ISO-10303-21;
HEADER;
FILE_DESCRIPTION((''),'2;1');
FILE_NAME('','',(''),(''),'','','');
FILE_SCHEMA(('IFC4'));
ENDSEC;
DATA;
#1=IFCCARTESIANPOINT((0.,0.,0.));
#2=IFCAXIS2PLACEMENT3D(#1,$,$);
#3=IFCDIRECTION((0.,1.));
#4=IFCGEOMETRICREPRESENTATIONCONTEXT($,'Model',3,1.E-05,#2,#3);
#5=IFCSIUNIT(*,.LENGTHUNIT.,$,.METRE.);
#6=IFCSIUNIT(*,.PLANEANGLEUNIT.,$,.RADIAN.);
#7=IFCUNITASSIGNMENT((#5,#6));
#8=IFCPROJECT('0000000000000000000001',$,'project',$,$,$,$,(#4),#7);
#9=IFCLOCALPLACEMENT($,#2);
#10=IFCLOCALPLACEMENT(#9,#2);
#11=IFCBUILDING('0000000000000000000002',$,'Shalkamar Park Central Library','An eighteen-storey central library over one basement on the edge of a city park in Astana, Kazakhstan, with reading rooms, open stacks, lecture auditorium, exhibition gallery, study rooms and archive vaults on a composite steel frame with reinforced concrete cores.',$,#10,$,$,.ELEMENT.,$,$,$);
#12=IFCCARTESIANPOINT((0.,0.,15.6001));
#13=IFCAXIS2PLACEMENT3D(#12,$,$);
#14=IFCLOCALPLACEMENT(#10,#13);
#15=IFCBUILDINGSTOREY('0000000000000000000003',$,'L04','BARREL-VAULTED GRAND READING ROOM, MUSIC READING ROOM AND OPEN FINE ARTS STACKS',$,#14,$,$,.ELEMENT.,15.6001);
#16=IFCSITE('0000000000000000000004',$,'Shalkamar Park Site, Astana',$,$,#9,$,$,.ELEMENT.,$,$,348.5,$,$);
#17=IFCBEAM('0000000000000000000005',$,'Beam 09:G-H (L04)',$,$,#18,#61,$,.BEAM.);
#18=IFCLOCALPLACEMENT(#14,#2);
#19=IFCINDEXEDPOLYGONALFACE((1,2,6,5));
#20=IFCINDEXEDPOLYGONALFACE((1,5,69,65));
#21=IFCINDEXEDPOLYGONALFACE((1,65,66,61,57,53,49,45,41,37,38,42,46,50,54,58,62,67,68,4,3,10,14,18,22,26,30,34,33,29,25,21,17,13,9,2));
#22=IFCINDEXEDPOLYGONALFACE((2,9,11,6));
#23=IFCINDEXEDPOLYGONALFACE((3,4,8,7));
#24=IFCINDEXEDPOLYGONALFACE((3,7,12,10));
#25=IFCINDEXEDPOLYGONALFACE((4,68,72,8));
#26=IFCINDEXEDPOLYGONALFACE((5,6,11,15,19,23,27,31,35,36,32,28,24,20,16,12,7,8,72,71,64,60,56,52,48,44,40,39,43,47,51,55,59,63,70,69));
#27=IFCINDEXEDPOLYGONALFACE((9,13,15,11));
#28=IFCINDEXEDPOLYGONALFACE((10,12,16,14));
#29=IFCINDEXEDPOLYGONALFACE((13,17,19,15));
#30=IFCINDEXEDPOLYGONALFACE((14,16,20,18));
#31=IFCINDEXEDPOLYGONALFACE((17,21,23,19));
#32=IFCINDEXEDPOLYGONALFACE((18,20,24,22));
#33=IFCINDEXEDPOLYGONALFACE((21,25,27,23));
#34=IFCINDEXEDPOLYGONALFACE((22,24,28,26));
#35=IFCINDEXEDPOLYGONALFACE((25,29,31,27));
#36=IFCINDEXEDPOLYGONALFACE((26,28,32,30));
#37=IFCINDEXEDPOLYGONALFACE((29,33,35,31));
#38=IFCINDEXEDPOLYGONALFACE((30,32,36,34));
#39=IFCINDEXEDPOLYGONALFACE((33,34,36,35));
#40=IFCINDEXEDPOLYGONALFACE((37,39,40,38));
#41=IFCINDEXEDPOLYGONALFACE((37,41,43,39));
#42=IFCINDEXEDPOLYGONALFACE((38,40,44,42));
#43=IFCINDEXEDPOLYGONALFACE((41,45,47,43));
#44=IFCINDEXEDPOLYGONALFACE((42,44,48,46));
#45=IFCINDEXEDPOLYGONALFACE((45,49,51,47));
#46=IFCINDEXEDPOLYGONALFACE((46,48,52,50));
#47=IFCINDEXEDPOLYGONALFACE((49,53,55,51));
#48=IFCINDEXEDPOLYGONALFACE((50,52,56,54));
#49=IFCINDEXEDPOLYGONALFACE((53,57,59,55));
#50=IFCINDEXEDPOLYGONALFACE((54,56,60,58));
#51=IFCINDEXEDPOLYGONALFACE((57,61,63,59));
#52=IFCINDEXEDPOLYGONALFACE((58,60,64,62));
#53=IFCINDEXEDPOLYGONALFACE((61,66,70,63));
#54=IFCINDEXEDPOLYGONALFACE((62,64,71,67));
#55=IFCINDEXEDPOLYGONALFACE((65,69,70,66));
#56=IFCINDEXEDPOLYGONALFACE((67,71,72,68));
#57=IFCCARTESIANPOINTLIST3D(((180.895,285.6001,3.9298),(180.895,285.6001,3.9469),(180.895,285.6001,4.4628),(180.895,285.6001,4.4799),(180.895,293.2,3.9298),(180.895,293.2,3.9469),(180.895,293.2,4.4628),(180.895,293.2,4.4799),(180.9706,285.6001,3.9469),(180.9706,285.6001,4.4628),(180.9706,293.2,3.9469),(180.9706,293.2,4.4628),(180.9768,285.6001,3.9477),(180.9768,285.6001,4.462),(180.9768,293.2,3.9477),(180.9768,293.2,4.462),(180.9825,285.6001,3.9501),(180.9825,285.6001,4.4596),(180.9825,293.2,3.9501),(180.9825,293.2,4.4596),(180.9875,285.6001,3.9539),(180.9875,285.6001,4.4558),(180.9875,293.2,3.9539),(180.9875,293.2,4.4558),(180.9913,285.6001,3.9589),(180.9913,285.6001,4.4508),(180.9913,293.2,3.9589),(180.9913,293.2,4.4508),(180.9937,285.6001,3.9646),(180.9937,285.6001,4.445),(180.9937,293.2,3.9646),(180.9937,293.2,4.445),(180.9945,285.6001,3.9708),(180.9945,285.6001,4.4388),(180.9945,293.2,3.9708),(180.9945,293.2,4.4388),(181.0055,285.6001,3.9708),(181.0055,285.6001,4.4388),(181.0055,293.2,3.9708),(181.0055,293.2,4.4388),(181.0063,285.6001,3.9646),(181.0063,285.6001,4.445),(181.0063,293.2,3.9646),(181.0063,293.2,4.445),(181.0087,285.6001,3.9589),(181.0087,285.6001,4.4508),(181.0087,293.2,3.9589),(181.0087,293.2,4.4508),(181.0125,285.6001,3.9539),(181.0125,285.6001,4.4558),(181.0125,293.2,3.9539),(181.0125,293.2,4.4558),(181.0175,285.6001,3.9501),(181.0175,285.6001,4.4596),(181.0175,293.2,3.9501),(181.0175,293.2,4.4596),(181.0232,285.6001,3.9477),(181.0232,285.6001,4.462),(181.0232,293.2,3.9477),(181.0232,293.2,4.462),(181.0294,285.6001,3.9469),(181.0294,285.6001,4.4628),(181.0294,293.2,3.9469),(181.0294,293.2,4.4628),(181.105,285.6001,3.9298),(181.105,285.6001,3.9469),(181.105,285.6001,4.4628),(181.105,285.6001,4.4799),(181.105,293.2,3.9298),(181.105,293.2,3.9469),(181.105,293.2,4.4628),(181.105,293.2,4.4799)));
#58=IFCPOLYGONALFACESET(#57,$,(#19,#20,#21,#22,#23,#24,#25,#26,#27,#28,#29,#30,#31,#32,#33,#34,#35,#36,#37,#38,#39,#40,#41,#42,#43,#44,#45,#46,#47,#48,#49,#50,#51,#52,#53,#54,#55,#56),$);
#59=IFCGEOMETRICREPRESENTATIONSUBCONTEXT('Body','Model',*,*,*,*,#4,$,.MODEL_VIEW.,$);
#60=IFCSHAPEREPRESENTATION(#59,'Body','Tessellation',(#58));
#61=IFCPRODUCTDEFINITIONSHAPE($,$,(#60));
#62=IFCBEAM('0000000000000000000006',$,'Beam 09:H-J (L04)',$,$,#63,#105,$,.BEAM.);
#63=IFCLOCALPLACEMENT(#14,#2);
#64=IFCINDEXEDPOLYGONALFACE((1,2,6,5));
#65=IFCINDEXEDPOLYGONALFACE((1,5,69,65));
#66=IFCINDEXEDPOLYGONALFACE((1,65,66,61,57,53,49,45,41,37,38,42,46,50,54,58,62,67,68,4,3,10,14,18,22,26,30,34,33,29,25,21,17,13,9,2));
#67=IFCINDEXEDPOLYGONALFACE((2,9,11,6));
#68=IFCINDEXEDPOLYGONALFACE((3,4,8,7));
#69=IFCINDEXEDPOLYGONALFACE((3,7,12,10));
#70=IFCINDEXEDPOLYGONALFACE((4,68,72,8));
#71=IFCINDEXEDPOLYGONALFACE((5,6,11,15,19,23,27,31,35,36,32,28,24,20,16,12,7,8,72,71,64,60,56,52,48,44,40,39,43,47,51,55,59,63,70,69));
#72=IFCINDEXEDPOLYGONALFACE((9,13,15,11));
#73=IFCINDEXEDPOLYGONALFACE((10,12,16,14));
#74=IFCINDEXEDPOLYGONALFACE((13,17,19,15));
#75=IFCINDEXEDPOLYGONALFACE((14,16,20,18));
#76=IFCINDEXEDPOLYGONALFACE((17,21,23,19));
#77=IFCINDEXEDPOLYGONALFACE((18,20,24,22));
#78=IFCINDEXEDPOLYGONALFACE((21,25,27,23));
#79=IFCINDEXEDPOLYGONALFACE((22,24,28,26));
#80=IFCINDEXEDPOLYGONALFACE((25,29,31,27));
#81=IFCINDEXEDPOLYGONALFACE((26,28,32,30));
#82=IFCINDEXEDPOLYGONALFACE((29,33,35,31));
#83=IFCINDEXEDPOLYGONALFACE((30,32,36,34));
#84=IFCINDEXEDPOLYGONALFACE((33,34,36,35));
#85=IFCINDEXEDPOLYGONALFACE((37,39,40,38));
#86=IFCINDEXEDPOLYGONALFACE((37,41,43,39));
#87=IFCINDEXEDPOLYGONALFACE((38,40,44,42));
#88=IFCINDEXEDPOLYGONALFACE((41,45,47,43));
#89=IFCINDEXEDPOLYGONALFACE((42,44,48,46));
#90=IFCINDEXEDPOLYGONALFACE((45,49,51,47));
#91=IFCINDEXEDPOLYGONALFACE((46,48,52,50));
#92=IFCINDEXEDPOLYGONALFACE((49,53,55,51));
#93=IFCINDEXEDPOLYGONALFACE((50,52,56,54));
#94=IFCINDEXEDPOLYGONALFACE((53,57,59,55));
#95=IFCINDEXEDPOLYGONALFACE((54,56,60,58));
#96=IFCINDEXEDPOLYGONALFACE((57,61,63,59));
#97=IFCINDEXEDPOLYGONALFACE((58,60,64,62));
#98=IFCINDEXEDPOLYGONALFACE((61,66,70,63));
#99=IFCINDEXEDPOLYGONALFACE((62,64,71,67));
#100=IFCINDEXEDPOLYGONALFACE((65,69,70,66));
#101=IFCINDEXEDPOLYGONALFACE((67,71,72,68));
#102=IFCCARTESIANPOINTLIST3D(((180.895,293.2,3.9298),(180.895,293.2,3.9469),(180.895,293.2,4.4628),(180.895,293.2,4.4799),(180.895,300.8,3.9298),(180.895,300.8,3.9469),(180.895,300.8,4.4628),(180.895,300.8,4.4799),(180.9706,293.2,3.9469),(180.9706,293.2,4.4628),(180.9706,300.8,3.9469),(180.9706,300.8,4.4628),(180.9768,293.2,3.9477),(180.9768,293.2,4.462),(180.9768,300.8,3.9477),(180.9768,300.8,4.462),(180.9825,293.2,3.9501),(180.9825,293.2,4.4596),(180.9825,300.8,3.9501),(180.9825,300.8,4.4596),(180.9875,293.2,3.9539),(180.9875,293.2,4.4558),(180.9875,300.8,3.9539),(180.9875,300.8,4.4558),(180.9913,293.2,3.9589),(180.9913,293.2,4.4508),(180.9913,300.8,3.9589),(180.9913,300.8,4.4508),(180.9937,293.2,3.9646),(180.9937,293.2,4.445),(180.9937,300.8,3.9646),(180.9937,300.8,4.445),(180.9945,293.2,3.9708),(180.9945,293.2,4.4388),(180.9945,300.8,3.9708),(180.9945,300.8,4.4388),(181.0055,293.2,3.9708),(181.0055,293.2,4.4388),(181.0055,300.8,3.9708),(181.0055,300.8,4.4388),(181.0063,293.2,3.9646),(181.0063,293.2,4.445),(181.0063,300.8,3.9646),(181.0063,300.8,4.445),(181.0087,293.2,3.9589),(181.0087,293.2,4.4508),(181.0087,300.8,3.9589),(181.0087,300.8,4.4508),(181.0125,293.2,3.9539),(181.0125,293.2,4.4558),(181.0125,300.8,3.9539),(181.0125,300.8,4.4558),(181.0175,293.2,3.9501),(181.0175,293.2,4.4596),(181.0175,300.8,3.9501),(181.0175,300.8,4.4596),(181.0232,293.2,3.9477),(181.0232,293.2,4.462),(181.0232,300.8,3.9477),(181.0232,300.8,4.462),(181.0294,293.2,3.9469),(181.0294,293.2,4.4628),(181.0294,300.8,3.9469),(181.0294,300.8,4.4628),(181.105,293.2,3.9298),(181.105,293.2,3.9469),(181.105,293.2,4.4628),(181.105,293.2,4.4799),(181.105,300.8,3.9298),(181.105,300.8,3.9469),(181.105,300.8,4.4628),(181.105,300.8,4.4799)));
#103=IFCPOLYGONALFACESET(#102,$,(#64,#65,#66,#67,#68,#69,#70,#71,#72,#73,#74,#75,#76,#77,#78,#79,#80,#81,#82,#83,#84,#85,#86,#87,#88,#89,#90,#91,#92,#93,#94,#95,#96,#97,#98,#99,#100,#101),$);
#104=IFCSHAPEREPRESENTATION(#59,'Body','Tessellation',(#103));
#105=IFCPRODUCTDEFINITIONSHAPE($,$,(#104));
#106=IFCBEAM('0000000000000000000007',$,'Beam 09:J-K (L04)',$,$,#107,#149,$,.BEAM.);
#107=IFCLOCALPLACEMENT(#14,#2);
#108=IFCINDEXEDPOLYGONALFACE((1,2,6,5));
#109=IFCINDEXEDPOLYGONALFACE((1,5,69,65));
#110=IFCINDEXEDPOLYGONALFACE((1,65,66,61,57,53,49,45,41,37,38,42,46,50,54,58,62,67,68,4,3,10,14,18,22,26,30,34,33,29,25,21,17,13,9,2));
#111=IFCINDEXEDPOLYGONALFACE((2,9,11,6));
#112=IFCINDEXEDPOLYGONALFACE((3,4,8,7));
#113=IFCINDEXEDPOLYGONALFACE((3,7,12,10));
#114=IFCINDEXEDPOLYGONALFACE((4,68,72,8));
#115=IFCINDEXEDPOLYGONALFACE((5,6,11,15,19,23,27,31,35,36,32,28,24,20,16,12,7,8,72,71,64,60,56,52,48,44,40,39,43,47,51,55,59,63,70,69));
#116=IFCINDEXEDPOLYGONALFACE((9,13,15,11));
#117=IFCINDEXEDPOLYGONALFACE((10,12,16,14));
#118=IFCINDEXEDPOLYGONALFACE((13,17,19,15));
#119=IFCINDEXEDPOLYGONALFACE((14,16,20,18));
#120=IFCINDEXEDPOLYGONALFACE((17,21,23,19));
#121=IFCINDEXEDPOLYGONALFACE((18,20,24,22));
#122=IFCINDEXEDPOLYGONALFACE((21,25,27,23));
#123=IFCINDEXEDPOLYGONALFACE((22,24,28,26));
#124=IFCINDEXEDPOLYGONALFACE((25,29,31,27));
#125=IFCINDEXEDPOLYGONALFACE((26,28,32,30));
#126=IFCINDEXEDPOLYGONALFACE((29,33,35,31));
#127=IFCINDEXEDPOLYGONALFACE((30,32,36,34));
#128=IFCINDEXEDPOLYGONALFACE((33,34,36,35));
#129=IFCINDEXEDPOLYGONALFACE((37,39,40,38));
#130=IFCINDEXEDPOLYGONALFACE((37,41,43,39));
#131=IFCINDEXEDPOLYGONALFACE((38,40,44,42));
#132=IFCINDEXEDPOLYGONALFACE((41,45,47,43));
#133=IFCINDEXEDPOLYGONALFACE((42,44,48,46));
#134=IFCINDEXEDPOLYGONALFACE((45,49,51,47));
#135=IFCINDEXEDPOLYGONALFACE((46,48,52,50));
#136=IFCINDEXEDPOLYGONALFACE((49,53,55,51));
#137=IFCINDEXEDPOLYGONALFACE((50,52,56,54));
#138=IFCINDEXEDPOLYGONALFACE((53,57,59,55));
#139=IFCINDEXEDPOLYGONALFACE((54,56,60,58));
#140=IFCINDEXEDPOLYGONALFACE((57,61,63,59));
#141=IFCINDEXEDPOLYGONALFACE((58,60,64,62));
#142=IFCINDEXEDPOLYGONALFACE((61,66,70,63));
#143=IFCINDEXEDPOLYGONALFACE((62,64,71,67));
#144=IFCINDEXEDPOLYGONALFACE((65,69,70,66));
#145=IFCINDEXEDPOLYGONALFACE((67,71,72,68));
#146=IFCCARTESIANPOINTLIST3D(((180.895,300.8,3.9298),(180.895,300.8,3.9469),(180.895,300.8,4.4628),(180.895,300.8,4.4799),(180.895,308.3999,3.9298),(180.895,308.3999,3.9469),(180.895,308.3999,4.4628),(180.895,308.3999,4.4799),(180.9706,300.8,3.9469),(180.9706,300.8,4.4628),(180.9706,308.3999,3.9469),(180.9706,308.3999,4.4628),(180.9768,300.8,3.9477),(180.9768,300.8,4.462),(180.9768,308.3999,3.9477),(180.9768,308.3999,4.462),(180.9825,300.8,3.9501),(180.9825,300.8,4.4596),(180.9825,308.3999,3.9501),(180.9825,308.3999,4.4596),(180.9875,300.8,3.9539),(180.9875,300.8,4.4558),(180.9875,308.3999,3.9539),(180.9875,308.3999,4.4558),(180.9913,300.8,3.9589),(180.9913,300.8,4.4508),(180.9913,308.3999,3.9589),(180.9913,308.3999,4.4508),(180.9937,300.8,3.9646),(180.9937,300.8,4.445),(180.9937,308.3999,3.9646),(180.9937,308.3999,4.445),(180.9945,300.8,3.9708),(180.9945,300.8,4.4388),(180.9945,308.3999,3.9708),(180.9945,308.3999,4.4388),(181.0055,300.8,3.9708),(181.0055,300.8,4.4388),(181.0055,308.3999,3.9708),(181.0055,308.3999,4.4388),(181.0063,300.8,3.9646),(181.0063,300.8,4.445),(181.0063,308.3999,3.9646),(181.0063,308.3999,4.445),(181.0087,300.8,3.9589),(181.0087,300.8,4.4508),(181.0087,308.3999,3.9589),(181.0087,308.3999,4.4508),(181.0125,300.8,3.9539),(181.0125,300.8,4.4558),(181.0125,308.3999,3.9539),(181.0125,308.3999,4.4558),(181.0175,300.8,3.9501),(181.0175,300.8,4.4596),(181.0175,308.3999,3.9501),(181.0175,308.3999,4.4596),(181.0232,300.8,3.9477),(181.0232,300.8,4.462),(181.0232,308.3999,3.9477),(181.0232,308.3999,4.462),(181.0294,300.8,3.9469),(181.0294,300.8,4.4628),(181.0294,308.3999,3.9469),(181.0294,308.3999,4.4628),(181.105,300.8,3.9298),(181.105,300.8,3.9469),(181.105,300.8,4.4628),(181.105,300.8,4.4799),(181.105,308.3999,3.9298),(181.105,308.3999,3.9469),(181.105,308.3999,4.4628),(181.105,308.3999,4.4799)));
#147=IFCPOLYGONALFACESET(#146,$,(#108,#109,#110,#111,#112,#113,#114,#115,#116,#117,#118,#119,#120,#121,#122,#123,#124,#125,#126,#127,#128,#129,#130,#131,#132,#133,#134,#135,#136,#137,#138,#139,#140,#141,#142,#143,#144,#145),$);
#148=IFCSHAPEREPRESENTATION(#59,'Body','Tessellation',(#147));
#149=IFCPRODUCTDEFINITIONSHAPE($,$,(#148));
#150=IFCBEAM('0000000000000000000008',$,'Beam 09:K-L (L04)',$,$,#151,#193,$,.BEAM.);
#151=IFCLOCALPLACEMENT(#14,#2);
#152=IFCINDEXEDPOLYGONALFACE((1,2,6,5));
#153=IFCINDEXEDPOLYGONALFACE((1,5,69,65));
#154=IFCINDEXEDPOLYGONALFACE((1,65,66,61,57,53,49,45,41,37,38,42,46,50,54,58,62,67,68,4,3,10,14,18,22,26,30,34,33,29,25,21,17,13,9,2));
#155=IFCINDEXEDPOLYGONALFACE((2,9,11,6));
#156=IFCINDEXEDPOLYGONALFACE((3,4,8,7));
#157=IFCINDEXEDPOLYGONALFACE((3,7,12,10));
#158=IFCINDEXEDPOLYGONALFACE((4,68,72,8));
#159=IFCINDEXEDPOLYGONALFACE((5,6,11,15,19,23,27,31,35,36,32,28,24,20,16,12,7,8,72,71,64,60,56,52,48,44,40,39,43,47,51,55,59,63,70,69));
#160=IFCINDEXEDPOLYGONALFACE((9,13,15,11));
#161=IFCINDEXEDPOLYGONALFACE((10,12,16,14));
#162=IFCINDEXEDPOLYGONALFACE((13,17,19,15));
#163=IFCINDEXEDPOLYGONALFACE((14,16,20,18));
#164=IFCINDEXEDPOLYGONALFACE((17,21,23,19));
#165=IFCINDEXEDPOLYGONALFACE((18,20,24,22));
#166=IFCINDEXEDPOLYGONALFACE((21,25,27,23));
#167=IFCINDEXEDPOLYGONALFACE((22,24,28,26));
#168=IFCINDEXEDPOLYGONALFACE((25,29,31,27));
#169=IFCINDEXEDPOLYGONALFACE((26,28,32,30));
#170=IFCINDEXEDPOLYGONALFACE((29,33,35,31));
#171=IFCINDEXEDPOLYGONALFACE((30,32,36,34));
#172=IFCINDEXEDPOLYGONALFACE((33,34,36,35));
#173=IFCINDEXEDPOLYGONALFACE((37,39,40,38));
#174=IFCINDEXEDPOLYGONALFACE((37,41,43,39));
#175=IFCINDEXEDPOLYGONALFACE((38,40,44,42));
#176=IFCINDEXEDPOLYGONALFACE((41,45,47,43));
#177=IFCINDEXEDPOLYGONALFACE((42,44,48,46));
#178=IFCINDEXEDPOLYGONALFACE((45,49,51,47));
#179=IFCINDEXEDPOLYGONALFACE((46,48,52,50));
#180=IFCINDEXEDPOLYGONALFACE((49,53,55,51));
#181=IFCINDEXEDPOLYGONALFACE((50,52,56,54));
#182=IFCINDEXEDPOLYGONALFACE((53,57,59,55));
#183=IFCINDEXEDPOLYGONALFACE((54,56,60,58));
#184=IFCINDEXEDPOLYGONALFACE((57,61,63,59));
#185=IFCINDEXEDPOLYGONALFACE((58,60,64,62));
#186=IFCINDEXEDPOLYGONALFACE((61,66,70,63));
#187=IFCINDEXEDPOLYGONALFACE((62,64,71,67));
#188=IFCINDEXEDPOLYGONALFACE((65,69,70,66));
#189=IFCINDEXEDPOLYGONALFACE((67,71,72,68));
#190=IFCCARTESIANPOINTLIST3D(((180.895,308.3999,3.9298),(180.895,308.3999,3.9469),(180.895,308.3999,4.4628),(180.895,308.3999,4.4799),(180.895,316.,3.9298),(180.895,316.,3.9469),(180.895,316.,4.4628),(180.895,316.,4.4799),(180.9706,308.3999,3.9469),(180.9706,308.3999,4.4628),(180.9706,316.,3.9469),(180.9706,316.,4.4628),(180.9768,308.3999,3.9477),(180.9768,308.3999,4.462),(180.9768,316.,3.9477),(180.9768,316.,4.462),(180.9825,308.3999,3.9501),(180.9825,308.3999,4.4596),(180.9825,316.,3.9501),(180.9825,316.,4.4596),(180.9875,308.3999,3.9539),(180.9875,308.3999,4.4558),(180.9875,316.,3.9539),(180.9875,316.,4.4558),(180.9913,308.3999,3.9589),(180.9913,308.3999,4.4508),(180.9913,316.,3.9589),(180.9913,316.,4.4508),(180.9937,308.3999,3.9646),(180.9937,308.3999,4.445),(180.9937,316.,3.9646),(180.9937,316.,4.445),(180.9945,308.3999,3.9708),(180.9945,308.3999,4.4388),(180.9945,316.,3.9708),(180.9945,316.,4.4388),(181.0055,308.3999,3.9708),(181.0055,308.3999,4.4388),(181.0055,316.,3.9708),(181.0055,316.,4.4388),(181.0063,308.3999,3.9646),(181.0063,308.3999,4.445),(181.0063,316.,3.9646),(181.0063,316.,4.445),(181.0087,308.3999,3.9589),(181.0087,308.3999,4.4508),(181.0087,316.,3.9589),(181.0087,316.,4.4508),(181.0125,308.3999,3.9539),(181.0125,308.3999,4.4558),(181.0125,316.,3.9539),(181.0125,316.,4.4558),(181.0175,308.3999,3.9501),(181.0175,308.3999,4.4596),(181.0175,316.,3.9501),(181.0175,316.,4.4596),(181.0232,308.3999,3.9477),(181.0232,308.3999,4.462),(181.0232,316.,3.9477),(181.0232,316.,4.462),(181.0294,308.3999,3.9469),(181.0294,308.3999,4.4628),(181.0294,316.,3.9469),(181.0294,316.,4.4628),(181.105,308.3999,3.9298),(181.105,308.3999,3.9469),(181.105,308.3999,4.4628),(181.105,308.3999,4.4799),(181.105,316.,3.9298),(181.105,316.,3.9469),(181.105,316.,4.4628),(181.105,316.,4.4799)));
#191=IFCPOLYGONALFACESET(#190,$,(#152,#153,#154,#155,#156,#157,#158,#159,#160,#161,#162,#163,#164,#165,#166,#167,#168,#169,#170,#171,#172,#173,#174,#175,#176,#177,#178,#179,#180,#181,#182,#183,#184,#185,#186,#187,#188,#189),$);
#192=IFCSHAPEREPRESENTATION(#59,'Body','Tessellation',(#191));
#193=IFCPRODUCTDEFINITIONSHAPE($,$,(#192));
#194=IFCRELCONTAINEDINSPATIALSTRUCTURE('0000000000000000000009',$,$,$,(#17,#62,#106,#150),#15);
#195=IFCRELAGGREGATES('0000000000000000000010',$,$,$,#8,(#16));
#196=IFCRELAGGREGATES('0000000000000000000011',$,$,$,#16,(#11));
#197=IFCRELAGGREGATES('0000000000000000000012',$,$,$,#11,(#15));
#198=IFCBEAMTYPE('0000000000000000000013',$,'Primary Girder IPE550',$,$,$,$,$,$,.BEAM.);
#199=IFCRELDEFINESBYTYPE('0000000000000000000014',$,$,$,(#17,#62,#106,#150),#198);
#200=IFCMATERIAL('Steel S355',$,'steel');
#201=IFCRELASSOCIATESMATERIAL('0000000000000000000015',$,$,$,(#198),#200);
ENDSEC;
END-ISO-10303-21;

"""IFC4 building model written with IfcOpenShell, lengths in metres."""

from ifc_helpers import new_model, si_unit, direction, frame, origin, origin_2d, place, context, subcontext, project, spatial, i_section, extrude, material, material_profile, profile_set, type_object, element, save


model = new_model("IFC4")

# Units and contexts
model_context = context("Model", 3, precision=1e-05, world=origin(), true_north=direction((0.0, 1.0)))
body_context = subcontext(model_context, "Body", "Model", "MODEL_VIEW")
ifc_project = project(units=[si_unit("LENGTHUNIT", "METRE"), si_unit("PLANEANGLEUNIT", "RADIAN")], contexts=[model_context])

# Site, building, storey
site_placement = place(None, origin())
site = spatial("IfcSite", under=ifc_project, at=site_placement, Name="Shalkamar Park Site, Astana", CompositionType="ELEMENT", RefElevation=348.5)
building_placement = place(site_placement, origin())
building = spatial("IfcBuilding", under=site, at=building_placement, Name="Shalkamar Park Central Library", Description="An eighteen-storey central library over one basement on the edge of a city park in Astana, Kazakhstan, with reading rooms, open stacks, lecture auditorium, exhibition gallery, study rooms and archive vaults on a composite steel frame with reinforced concrete cores.", CompositionType="ELEMENT")
storey_placement = place(building_placement, frame((0.0, 0.0, 15.6001)))
storey = spatial("IfcBuildingStorey", under=building, at=storey_placement, Name="L04", Description="BARREL-VAULTED GRAND READING ROOM, MUSIC READING ROOM AND OPEN FINE ARTS STACKS", CompositionType="ELEMENT", Elevation=15.6001)

# Shared definitions
ifc_material = material(Name="Steel S355", Category="steel")

# Beams
ifc_material_profile_1 = material_profile(ifc_material, i_section(OverallWidth=0.21, OverallDepth=0.55, WebThickness=0.011, FlangeThickness=0.0171, FilletRadius=0.0239, at=origin_2d()), Name="IPE 550")
ifc_profile_set_1 = profile_set([ifc_material_profile_1], Name="Steel S355")
beam_type_1 = type_object("IfcBeamType", Name="Primary Girder IPE550", PredefinedType="BEAM", material=ifc_profile_set_1)
beam_1_placement = place(storey_placement, frame((181.0, 285.6001, 4.2048), z_axis=(0.0, 1.0, 0.0), x_axis=(-1.0, 0.0, 0.0)))
element("IfcBeam", 1, at=beam_1_placement, inside=storey, type_object=beam_type_1, Name="Beam 09:G-H (L04)", PredefinedType="BEAM", context=body_context, shape_type="SweptSolid", body=[
    extrude(i_section(OverallWidth=0.21, OverallDepth=0.55, WebThickness=0.011, FlangeThickness=0.0171, FilletRadius=0.0239, at=origin_2d()), origin(), (0.0, 0.0, 1.0), 7.5999),
])
beam_2_placement = place(storey_placement, frame((181.0, 293.2, 4.2048), z_axis=(0.0, 1.0, 0.0), x_axis=(-1.0, 0.0, 0.0)))
element("IfcBeam", 2, at=beam_2_placement, inside=storey, type_object=beam_type_1, Name="Beam 09:H-J (L04)", PredefinedType="BEAM", context=body_context, shape_type="SweptSolid", body=[
    extrude(i_section(OverallWidth=0.21, OverallDepth=0.55, WebThickness=0.011, FlangeThickness=0.0171, FilletRadius=0.0239, at=origin_2d()), origin(), (0.0, 0.0, 1.0), 7.6001),
])
beam_3_placement = place(storey_placement, frame((181.0, 300.8, 4.2048), z_axis=(0.0, 1.0, 0.0), x_axis=(-1.0, 0.0, 0.0)))
element("IfcBeam", 3, at=beam_3_placement, inside=storey, type_object=beam_type_1, Name="Beam 09:J-K (L04)", PredefinedType="BEAM", context=body_context, shape_type="SweptSolid", body=[
    extrude(i_section(OverallWidth=0.21, OverallDepth=0.55, WebThickness=0.011, FlangeThickness=0.0171, FilletRadius=0.0239, at=origin_2d()), origin(), (0.0, 0.0, 1.0), 7.5999),
])
beam_4_placement = place(storey_placement, frame((181.0, 308.3999, 4.2048), z_axis=(0.0, 1.0, 0.0), x_axis=(-1.0, 0.0, 0.0)))
element("IfcBeam", 4, at=beam_4_placement, inside=storey, type_object=beam_type_1, Name="Beam 09:K-L (L04)", PredefinedType="BEAM", context=body_context, shape_type="SweptSolid", body=[
    extrude(i_section(OverallWidth=0.21, OverallDepth=0.55, WebThickness=0.011, FlangeThickness=0.0171, FilletRadius=0.0239, at=origin_2d()), origin(), (0.0, 0.0, 1.0), 7.6001),
])

save(model, "model.ifc")
